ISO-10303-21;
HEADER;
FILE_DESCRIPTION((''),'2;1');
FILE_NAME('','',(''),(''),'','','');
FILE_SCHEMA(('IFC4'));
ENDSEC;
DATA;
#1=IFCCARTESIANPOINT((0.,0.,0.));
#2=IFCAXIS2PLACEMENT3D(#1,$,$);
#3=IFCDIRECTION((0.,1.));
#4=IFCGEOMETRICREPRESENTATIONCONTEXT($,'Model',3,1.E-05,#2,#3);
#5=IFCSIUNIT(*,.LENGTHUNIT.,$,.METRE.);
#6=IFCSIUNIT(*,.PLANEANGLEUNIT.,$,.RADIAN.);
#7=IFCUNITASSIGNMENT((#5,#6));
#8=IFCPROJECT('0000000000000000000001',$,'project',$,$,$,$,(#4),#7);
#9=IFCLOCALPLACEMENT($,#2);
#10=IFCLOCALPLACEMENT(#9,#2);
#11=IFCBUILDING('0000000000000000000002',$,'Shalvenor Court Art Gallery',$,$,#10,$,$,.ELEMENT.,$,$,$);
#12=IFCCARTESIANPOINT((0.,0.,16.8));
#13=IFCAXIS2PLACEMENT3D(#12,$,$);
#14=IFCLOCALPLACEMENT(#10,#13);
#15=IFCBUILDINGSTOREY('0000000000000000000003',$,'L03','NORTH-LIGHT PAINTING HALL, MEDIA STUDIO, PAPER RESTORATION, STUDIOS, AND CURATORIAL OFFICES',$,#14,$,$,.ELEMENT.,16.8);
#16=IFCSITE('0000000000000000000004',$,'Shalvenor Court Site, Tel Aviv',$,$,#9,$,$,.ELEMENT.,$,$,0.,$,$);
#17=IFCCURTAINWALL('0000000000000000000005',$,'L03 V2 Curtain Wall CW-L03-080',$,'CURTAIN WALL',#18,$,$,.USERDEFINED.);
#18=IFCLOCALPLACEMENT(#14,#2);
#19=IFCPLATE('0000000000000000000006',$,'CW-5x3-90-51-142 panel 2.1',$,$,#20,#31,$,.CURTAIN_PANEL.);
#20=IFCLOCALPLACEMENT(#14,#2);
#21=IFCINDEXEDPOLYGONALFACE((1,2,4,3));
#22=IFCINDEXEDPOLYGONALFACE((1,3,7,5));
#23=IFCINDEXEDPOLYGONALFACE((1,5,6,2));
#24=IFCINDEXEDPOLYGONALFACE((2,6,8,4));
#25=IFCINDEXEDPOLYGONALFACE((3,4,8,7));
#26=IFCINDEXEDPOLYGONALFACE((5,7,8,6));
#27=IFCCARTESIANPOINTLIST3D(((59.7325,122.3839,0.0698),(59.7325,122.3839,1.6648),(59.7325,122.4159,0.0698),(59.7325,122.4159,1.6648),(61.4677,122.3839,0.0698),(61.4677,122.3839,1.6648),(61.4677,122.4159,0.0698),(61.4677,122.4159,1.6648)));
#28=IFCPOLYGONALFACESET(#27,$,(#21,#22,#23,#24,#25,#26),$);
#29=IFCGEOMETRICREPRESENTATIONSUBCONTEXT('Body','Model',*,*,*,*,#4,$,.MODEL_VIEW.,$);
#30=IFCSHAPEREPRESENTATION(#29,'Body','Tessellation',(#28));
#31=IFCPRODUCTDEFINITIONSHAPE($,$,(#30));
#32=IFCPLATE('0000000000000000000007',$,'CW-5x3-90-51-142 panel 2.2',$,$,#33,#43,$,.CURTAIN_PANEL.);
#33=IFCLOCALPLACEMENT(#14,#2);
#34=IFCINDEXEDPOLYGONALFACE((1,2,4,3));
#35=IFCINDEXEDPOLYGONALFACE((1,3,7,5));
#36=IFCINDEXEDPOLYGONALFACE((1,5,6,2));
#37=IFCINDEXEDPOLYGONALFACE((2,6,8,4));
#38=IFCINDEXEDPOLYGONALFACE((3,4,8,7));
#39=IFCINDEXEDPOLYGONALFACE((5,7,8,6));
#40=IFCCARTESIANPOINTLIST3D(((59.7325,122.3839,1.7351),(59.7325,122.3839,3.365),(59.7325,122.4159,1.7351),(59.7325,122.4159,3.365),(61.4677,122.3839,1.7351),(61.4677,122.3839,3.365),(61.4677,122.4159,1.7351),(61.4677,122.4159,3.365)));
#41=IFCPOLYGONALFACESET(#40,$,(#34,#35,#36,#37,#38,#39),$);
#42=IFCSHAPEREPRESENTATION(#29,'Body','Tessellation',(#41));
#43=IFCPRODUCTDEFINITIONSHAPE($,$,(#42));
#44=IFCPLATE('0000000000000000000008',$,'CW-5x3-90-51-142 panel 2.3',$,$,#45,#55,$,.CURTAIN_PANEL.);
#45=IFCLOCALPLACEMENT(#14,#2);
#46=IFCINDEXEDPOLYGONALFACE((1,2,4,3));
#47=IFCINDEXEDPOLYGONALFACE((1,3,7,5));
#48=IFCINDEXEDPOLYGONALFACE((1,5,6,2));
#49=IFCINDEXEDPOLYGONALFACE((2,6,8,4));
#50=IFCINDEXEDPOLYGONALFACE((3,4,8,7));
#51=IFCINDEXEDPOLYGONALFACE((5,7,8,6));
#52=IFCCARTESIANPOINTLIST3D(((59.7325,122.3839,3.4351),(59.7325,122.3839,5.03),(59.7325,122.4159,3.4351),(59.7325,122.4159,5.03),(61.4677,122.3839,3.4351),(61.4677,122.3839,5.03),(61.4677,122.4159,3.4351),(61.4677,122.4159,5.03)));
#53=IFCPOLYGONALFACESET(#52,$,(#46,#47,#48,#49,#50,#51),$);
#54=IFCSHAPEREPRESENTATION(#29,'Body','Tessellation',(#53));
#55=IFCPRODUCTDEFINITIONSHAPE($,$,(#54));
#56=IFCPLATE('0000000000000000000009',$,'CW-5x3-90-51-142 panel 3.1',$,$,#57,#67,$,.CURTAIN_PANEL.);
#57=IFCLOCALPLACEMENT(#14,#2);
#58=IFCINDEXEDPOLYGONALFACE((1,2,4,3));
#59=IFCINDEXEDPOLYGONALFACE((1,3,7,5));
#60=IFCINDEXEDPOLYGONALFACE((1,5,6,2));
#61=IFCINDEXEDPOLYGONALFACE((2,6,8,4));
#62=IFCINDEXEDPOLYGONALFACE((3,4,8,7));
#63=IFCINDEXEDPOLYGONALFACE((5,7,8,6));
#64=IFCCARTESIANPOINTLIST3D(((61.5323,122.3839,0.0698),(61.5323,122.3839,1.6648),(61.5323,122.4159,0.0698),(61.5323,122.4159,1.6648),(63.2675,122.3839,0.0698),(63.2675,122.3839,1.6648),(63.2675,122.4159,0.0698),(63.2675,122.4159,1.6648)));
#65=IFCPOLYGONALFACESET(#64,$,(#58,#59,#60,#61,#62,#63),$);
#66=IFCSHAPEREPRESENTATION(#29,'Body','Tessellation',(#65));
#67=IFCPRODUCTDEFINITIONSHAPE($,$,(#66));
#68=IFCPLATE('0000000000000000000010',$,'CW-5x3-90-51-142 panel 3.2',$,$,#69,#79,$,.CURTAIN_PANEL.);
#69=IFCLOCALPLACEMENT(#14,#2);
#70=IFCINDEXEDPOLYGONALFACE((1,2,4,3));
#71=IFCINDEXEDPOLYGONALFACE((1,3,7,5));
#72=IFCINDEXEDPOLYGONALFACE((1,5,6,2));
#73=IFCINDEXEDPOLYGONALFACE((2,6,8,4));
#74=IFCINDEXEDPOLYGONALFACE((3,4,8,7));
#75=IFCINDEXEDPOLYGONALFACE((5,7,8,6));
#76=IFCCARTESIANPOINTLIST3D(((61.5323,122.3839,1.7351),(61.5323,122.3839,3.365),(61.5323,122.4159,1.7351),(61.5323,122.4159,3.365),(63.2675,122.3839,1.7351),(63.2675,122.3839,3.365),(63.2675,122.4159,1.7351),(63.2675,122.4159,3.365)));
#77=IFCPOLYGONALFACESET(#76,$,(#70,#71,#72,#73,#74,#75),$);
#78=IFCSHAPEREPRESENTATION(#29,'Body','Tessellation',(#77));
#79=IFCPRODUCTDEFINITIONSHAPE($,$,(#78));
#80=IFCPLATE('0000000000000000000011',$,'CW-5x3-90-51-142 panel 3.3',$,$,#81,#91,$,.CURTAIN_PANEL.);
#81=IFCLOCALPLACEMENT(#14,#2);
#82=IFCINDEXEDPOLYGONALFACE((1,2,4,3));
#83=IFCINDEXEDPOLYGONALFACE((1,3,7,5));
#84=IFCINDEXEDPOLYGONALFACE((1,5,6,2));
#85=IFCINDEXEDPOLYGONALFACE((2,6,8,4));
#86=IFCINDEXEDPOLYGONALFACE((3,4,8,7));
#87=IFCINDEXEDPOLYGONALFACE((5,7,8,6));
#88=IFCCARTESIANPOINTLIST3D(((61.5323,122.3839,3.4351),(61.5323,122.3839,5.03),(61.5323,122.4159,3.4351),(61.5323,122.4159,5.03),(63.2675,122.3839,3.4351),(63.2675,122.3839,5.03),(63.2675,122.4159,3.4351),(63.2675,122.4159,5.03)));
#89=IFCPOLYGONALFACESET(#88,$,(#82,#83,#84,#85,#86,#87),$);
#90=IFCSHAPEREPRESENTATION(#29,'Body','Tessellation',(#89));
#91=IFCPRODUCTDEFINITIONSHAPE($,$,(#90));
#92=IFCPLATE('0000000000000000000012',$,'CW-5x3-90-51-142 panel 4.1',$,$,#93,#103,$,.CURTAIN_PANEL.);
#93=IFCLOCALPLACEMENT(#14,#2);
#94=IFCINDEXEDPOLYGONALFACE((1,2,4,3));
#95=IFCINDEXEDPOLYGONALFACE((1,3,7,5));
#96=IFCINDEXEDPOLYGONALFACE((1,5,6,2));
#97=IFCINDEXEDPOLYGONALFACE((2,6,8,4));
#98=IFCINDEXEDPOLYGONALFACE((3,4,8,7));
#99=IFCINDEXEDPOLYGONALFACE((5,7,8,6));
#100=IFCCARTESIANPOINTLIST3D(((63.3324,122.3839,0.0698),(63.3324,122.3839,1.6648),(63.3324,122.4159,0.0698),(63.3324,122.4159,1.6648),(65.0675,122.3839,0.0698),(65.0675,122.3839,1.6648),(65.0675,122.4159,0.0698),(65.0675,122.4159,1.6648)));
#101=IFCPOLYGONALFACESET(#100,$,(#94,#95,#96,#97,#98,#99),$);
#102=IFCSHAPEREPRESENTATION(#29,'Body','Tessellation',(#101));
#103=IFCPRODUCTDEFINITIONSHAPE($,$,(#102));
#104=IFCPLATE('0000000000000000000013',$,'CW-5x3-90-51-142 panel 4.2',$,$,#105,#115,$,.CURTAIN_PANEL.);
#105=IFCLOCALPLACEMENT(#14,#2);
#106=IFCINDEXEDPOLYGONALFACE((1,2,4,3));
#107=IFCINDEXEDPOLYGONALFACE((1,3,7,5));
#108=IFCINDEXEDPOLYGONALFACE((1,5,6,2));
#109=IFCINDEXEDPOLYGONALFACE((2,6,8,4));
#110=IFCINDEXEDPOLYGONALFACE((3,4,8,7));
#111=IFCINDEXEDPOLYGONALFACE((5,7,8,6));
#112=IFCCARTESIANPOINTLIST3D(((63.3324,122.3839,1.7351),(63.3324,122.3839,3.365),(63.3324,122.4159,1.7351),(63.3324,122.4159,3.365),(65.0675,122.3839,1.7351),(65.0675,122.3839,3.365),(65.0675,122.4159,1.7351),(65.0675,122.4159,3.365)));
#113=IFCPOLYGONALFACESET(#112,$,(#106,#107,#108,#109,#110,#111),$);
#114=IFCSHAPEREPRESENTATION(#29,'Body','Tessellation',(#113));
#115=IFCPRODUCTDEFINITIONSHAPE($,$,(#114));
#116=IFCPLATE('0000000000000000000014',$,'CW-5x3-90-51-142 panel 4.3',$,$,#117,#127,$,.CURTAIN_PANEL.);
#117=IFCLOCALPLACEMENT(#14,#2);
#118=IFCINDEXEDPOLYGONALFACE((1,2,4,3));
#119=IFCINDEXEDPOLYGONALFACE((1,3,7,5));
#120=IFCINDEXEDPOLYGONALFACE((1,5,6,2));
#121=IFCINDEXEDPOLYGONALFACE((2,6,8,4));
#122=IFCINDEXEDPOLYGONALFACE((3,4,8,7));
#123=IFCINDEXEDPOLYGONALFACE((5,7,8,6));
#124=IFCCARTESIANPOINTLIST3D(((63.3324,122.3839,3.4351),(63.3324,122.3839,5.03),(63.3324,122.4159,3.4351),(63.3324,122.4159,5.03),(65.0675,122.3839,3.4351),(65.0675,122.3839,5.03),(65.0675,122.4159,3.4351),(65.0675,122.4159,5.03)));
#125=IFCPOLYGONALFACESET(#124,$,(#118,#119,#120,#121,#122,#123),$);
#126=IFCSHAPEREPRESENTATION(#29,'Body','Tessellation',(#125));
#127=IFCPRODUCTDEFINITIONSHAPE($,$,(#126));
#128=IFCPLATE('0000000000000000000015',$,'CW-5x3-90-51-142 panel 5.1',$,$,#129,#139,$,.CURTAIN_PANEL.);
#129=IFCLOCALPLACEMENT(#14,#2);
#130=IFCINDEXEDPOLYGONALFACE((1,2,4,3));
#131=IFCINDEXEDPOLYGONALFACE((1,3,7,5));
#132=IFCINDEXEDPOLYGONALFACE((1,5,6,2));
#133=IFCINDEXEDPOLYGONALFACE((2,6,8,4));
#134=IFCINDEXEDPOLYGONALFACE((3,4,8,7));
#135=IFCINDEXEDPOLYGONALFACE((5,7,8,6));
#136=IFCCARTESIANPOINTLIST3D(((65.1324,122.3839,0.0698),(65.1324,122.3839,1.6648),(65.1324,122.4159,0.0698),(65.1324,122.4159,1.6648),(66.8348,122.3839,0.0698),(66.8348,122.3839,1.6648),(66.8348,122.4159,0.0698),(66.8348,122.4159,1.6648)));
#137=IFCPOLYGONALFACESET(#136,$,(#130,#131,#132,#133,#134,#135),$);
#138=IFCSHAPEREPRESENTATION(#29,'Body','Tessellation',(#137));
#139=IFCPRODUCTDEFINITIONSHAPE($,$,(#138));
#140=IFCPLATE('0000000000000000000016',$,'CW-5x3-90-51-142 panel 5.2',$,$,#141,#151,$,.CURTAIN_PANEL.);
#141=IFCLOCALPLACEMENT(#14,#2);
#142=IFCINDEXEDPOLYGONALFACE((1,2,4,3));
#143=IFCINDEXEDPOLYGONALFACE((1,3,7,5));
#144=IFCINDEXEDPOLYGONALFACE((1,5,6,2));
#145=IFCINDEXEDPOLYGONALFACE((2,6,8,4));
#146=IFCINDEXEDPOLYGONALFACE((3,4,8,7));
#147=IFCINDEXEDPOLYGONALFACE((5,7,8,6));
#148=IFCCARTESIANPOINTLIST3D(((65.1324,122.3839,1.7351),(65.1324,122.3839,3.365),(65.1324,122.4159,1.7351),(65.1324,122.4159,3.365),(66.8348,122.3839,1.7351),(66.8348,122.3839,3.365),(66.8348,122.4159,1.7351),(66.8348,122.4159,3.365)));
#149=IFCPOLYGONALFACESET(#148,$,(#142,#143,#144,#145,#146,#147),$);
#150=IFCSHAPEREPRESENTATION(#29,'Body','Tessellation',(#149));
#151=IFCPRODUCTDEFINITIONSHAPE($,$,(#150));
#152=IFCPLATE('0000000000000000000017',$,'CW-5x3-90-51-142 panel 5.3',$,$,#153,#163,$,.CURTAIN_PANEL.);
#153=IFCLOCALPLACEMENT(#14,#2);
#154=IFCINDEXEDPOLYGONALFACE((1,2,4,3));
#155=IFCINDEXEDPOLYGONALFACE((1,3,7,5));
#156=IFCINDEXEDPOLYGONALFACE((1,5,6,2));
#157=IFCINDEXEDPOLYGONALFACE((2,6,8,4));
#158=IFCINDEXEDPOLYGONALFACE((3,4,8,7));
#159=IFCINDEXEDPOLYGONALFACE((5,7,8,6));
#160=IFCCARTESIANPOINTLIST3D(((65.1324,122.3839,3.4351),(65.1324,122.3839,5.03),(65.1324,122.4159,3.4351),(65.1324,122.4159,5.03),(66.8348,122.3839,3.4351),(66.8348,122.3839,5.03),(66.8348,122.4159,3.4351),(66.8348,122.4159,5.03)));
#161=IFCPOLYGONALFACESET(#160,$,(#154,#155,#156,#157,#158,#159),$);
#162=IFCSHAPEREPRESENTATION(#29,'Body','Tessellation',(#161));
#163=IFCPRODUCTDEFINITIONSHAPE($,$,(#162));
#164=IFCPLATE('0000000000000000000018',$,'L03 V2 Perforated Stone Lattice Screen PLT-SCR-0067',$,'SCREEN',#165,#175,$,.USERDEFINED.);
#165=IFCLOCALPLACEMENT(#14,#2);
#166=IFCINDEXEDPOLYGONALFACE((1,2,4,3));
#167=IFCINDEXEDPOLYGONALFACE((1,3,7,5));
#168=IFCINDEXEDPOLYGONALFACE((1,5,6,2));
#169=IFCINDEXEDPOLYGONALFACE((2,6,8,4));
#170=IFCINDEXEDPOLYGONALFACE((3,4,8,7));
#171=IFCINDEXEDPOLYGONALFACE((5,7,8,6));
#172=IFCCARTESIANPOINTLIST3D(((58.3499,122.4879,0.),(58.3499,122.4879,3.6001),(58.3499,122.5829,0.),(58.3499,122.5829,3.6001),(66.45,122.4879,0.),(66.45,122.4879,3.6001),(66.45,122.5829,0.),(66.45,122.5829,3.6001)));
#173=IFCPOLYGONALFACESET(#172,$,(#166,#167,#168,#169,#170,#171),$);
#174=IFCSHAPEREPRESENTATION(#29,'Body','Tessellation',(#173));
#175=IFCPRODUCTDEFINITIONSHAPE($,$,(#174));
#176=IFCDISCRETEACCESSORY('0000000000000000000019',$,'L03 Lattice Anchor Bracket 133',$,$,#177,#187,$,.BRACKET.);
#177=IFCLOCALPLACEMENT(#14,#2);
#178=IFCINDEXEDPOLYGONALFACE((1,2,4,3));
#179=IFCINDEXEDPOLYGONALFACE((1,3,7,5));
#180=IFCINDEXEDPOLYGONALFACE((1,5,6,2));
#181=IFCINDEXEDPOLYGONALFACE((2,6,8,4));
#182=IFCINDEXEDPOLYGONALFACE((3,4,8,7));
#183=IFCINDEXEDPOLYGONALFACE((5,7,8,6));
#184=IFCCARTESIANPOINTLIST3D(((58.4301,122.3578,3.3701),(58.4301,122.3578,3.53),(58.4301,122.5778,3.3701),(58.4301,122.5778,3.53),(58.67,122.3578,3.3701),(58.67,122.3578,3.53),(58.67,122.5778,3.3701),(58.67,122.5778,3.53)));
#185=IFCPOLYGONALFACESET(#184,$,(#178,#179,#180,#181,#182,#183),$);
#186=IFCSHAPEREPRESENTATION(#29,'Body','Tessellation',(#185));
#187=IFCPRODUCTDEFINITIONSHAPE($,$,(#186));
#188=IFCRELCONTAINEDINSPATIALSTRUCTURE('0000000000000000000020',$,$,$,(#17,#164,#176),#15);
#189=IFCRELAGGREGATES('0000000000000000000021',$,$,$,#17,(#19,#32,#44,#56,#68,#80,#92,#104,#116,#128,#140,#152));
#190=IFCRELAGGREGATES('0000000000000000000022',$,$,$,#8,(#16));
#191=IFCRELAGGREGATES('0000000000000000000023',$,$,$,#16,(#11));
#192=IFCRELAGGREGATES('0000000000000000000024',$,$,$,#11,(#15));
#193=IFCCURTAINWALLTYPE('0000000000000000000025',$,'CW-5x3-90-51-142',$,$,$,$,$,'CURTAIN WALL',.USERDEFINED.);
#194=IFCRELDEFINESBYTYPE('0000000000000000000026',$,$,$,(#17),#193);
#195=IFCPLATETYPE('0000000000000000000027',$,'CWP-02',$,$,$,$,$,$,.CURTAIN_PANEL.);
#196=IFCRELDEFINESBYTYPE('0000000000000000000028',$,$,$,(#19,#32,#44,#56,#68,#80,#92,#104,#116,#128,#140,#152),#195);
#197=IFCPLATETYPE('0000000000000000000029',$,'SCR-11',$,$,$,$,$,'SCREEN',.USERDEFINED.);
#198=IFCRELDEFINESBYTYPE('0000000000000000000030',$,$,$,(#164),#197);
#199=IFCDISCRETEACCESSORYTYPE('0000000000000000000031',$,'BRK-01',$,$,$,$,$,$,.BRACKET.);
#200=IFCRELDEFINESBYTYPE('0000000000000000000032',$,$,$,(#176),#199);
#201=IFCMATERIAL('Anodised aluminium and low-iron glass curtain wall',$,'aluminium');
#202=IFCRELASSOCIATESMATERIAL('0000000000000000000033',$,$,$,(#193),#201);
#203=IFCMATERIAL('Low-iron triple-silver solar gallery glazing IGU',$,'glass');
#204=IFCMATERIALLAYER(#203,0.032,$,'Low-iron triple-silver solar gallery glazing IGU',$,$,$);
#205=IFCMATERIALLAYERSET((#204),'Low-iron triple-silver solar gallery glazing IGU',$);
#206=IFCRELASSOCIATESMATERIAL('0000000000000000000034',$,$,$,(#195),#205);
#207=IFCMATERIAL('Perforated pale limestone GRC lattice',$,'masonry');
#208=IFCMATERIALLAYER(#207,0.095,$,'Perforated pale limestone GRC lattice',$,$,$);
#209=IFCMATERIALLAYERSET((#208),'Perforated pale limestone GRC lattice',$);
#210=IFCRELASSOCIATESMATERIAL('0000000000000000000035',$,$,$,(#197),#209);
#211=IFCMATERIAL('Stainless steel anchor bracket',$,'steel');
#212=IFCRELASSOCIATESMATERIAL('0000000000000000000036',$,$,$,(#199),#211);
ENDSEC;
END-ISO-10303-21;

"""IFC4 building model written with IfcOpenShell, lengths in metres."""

from ifc_helpers import new_model, si_unit, direction, frame, origin, origin_2d, place, context, subcontext, project, spatial, rectangle, extrude, material, layer, layer_set, type_object, element, aggregate, save


model = new_model("IFC4")

# Units and contexts
model_context = context("Model", 3, precision=1e-05, world=origin(), true_north=direction((0.0, 1.0)))
body_context = subcontext(model_context, "Body", "Model", "MODEL_VIEW")
ifc_project = project(units=[si_unit("LENGTHUNIT", "METRE"), si_unit("PLANEANGLEUNIT", "RADIAN")], contexts=[model_context])

# Site, building, storey
site_placement = place(None, origin())
site = spatial("IfcSite", under=ifc_project, at=site_placement, Name="Shalvenor Court Site, Tel Aviv", CompositionType="ELEMENT", RefElevation=0.0)
building_placement = place(site_placement, origin())
building = spatial("IfcBuilding", under=site, at=building_placement, Name="Shalvenor Court Art Gallery", CompositionType="ELEMENT")
storey_placement = place(building_placement, frame((0.0, 0.0, 16.8)))
storey = spatial("IfcBuildingStorey", under=building, at=storey_placement, Name="L03", Description="NORTH-LIGHT PAINTING HALL, MEDIA STUDIO, PAPER RESTORATION, STUDIOS, AND CURATORIAL OFFICES", CompositionType="ELEMENT", Elevation=16.8)

# Curtain wall
ifc_material_1 = material(Name="Anodised aluminium and low-iron glass curtain wall", Category="aluminium")
curtain_wall_type = type_object("IfcCurtainWallType", Name="CW-5x3-90-51-142", ElementType="CURTAIN WALL", PredefinedType="USERDEFINED", material=ifc_material_1)
curtain_wall_placement = place(storey_placement, origin())
curtain_wall = element("IfcCurtainWall", 1, at=curtain_wall_placement, inside=storey, type_object=curtain_wall_type, Name="L03 V2 Curtain Wall CW-L03-080", ObjectType="CURTAIN WALL", PredefinedType="USERDEFINED")

# Plates
ifc_material_2 = material(Name="Low-iron triple-silver solar gallery glazing IGU", Category="glass")
ifc_layer_1 = layer(ifc_material_2, 0.032, Name="Low-iron triple-silver solar gallery glazing IGU")
ifc_layer_set_1 = layer_set([ifc_layer_1], Name="Low-iron triple-silver solar gallery glazing IGU")
plate_type_1 = type_object("IfcPlateType", Name="CWP-02", PredefinedType="CURTAIN_PANEL", material=ifc_layer_set_1)
plate_1_placement = place(storey_placement, frame((60.6001, 122.3999, 0.0698), z_axis=(0.0, 0.0, 1.0), x_axis=(1.0, 0.0, 0.0)))
plate_1 = element("IfcPlate", 2, at=plate_1_placement, type_object=plate_type_1, Name="CW-5x3-90-51-142 panel 2.1", PredefinedType="CURTAIN_PANEL", context=body_context, shape_type="SweptSolid", body=[
    extrude(rectangle(XDim=1.7351, YDim=0.032, at=origin_2d()), origin(), (0.0, 0.0, 1.0), 1.595),
])
plate_2_placement = place(storey_placement, frame((60.6001, 122.3999, 1.7351), z_axis=(0.0, 0.0, 1.0), x_axis=(1.0, 0.0, 0.0)))
plate_2 = element("IfcPlate", 3, at=plate_2_placement, type_object=plate_type_1, Name="CW-5x3-90-51-142 panel 2.2", PredefinedType="CURTAIN_PANEL", context=body_context, shape_type="SweptSolid", body=[
    extrude(rectangle(XDim=1.7351, YDim=0.032, at=origin_2d()), origin(), (0.0, 0.0, 1.0), 1.6299),
])
plate_3_placement = place(storey_placement, frame((60.6001, 122.3999, 3.4351), z_axis=(0.0, 0.0, 1.0), x_axis=(1.0, 0.0, 0.0)))
plate_3 = element("IfcPlate", 4, at=plate_3_placement, type_object=plate_type_1, Name="CW-5x3-90-51-142 panel 2.3", PredefinedType="CURTAIN_PANEL", context=body_context, shape_type="SweptSolid", body=[
    extrude(rectangle(XDim=1.7351, YDim=0.032, at=origin_2d()), origin(), (0.0, 0.0, 1.0), 1.595),
])
plate_4_placement = place(storey_placement, frame((62.3999, 122.3999, 0.0698), z_axis=(0.0, 0.0, 1.0), x_axis=(1.0, 0.0, 0.0)))
plate_4 = element("IfcPlate", 5, at=plate_4_placement, type_object=plate_type_1, Name="CW-5x3-90-51-142 panel 3.1", PredefinedType="CURTAIN_PANEL", context=body_context, shape_type="SweptSolid", body=[
    extrude(rectangle(XDim=1.7351, YDim=0.032, at=origin_2d()), origin(), (0.0, 0.0, 1.0), 1.595),
])
plate_5_placement = place(storey_placement, frame((62.3999, 122.3999, 1.7351), z_axis=(0.0, 0.0, 1.0), x_axis=(1.0, 0.0, 0.0)))
plate_5 = element("IfcPlate", 6, at=plate_5_placement, type_object=plate_type_1, Name="CW-5x3-90-51-142 panel 3.2", PredefinedType="CURTAIN_PANEL", context=body_context, shape_type="SweptSolid", body=[
    extrude(rectangle(XDim=1.7351, YDim=0.032, at=origin_2d()), origin(), (0.0, 0.0, 1.0), 1.6299),
])
plate_6_placement = place(storey_placement, frame((62.3999, 122.3999, 3.4351), z_axis=(0.0, 0.0, 1.0), x_axis=(1.0, 0.0, 0.0)))
plate_6 = element("IfcPlate", 7, at=plate_6_placement, type_object=plate_type_1, Name="CW-5x3-90-51-142 panel 3.3", PredefinedType="CURTAIN_PANEL", context=body_context, shape_type="SweptSolid", body=[
    extrude(rectangle(XDim=1.7351, YDim=0.032, at=origin_2d()), origin(), (0.0, 0.0, 1.0), 1.595),
])
plate_7_placement = place(storey_placement, frame((64.2, 122.3999, 0.0698), z_axis=(0.0, 0.0, 1.0), x_axis=(1.0, 0.0, 0.0)))
plate_7 = element("IfcPlate", 8, at=plate_7_placement, type_object=plate_type_1, Name="CW-5x3-90-51-142 panel 4.1", PredefinedType="CURTAIN_PANEL", context=body_context, shape_type="SweptSolid", body=[
    extrude(rectangle(XDim=1.7351, YDim=0.032, at=origin_2d()), origin(), (0.0, 0.0, 1.0), 1.595),
])
plate_8_placement = place(storey_placement, frame((64.2, 122.3999, 1.7351), z_axis=(0.0, 0.0, 1.0), x_axis=(1.0, 0.0, 0.0)))
plate_8 = element("IfcPlate", 9, at=plate_8_placement, type_object=plate_type_1, Name="CW-5x3-90-51-142 panel 4.2", PredefinedType="CURTAIN_PANEL", context=body_context, shape_type="SweptSolid", body=[
    extrude(rectangle(XDim=1.7351, YDim=0.032, at=origin_2d()), origin(), (0.0, 0.0, 1.0), 1.6299),
])
plate_9_placement = place(storey_placement, frame((64.2, 122.3999, 3.4351), z_axis=(0.0, 0.0, 1.0), x_axis=(1.0, 0.0, 0.0)))
plate_9 = element("IfcPlate", 10, at=plate_9_placement, type_object=plate_type_1, Name="CW-5x3-90-51-142 panel 4.3", PredefinedType="CURTAIN_PANEL", context=body_context, shape_type="SweptSolid", body=[
    extrude(rectangle(XDim=1.7351, YDim=0.032, at=origin_2d()), origin(), (0.0, 0.0, 1.0), 1.595),
])
plate_10_placement = place(storey_placement, frame((65.9836, 122.3999, 0.0698), z_axis=(0.0, 0.0, 1.0), x_axis=(1.0, 0.0, 0.0)))
plate_10 = element("IfcPlate", 11, at=plate_10_placement, type_object=plate_type_1, Name="CW-5x3-90-51-142 panel 5.1", PredefinedType="CURTAIN_PANEL", context=body_context, shape_type="SweptSolid", body=[
    extrude(rectangle(XDim=1.7024, YDim=0.032, at=origin_2d()), origin(), (0.0, 0.0, 1.0), 1.595),
])
plate_11_placement = place(storey_placement, frame((65.9836, 122.3999, 1.7351), z_axis=(0.0, 0.0, 1.0), x_axis=(1.0, 0.0, 0.0)))
plate_11 = element("IfcPlate", 12, at=plate_11_placement, type_object=plate_type_1, Name="CW-5x3-90-51-142 panel 5.2", PredefinedType="CURTAIN_PANEL", context=body_context, shape_type="SweptSolid", body=[
    extrude(rectangle(XDim=1.7024, YDim=0.032, at=origin_2d()), origin(), (0.0, 0.0, 1.0), 1.6299),
])
plate_12_placement = place(storey_placement, frame((65.9836, 122.3999, 3.4351), z_axis=(0.0, 0.0, 1.0), x_axis=(1.0, 0.0, 0.0)))
plate_12 = element("IfcPlate", 13, at=plate_12_placement, type_object=plate_type_1, Name="CW-5x3-90-51-142 panel 5.3", PredefinedType="CURTAIN_PANEL", context=body_context, shape_type="SweptSolid", body=[
    extrude(rectangle(XDim=1.7024, YDim=0.032, at=origin_2d()), origin(), (0.0, 0.0, 1.0), 1.595),
])
aggregate(curtain_wall, [plate_1, plate_2, plate_3, plate_4, plate_5, plate_6, plate_7, plate_8, plate_9, plate_10, plate_11, plate_12])
ifc_material_3 = material(Name="Perforated pale limestone GRC lattice", Category="masonry")
ifc_layer_2 = layer(ifc_material_3, 0.095, Name="Perforated pale limestone GRC lattice")
ifc_layer_set_2 = layer_set([ifc_layer_2], Name="Perforated pale limestone GRC lattice")
plate_type_2 = type_object("IfcPlateType", Name="SCR-11", ElementType="SCREEN", PredefinedType="USERDEFINED", material=ifc_layer_set_2)
plate_13_placement = place(storey_placement, frame((62.3999, 122.5354, 0.0), z_axis=(0.0, 0.0, 1.0), x_axis=(1.0, 0.0, 0.0)))
element("IfcPlate", 14, at=plate_13_placement, inside=storey, type_object=plate_type_2, Name="L03 V2 Perforated Stone Lattice Screen PLT-SCR-0067", ObjectType="SCREEN", PredefinedType="USERDEFINED", context=body_context, shape_type="SweptSolid", body=[
    extrude(rectangle(XDim=8.1001, YDim=0.095, at=origin_2d()), origin(), (0.0, 0.0, 1.0), 3.6001),
])

# Discrete accessory
ifc_material_4 = material(Name="Stainless steel anchor bracket", Category="steel")
discrete_accessory_type = type_object("IfcDiscreteAccessoryType", Name="BRK-01", PredefinedType="BRACKET", material=ifc_material_4)
discrete_accessory_placement = place(storey_placement, frame((58.55, 122.4678, 3.3701), z_axis=(0.0, 0.0, 1.0), x_axis=(1.0, 0.0, 0.0)))
element("IfcDiscreteAccessory", 15, at=discrete_accessory_placement, inside=storey, type_object=discrete_accessory_type, Name="L03 Lattice Anchor Bracket 133", PredefinedType="BRACKET", context=body_context, shape_type="SweptSolid", body=[
    extrude(rectangle(XDim=0.24, YDim=0.22, at=origin_2d()), origin(), (0.0, 0.0, 1.0), 0.1599),
])

save(model, "model.ifc")
